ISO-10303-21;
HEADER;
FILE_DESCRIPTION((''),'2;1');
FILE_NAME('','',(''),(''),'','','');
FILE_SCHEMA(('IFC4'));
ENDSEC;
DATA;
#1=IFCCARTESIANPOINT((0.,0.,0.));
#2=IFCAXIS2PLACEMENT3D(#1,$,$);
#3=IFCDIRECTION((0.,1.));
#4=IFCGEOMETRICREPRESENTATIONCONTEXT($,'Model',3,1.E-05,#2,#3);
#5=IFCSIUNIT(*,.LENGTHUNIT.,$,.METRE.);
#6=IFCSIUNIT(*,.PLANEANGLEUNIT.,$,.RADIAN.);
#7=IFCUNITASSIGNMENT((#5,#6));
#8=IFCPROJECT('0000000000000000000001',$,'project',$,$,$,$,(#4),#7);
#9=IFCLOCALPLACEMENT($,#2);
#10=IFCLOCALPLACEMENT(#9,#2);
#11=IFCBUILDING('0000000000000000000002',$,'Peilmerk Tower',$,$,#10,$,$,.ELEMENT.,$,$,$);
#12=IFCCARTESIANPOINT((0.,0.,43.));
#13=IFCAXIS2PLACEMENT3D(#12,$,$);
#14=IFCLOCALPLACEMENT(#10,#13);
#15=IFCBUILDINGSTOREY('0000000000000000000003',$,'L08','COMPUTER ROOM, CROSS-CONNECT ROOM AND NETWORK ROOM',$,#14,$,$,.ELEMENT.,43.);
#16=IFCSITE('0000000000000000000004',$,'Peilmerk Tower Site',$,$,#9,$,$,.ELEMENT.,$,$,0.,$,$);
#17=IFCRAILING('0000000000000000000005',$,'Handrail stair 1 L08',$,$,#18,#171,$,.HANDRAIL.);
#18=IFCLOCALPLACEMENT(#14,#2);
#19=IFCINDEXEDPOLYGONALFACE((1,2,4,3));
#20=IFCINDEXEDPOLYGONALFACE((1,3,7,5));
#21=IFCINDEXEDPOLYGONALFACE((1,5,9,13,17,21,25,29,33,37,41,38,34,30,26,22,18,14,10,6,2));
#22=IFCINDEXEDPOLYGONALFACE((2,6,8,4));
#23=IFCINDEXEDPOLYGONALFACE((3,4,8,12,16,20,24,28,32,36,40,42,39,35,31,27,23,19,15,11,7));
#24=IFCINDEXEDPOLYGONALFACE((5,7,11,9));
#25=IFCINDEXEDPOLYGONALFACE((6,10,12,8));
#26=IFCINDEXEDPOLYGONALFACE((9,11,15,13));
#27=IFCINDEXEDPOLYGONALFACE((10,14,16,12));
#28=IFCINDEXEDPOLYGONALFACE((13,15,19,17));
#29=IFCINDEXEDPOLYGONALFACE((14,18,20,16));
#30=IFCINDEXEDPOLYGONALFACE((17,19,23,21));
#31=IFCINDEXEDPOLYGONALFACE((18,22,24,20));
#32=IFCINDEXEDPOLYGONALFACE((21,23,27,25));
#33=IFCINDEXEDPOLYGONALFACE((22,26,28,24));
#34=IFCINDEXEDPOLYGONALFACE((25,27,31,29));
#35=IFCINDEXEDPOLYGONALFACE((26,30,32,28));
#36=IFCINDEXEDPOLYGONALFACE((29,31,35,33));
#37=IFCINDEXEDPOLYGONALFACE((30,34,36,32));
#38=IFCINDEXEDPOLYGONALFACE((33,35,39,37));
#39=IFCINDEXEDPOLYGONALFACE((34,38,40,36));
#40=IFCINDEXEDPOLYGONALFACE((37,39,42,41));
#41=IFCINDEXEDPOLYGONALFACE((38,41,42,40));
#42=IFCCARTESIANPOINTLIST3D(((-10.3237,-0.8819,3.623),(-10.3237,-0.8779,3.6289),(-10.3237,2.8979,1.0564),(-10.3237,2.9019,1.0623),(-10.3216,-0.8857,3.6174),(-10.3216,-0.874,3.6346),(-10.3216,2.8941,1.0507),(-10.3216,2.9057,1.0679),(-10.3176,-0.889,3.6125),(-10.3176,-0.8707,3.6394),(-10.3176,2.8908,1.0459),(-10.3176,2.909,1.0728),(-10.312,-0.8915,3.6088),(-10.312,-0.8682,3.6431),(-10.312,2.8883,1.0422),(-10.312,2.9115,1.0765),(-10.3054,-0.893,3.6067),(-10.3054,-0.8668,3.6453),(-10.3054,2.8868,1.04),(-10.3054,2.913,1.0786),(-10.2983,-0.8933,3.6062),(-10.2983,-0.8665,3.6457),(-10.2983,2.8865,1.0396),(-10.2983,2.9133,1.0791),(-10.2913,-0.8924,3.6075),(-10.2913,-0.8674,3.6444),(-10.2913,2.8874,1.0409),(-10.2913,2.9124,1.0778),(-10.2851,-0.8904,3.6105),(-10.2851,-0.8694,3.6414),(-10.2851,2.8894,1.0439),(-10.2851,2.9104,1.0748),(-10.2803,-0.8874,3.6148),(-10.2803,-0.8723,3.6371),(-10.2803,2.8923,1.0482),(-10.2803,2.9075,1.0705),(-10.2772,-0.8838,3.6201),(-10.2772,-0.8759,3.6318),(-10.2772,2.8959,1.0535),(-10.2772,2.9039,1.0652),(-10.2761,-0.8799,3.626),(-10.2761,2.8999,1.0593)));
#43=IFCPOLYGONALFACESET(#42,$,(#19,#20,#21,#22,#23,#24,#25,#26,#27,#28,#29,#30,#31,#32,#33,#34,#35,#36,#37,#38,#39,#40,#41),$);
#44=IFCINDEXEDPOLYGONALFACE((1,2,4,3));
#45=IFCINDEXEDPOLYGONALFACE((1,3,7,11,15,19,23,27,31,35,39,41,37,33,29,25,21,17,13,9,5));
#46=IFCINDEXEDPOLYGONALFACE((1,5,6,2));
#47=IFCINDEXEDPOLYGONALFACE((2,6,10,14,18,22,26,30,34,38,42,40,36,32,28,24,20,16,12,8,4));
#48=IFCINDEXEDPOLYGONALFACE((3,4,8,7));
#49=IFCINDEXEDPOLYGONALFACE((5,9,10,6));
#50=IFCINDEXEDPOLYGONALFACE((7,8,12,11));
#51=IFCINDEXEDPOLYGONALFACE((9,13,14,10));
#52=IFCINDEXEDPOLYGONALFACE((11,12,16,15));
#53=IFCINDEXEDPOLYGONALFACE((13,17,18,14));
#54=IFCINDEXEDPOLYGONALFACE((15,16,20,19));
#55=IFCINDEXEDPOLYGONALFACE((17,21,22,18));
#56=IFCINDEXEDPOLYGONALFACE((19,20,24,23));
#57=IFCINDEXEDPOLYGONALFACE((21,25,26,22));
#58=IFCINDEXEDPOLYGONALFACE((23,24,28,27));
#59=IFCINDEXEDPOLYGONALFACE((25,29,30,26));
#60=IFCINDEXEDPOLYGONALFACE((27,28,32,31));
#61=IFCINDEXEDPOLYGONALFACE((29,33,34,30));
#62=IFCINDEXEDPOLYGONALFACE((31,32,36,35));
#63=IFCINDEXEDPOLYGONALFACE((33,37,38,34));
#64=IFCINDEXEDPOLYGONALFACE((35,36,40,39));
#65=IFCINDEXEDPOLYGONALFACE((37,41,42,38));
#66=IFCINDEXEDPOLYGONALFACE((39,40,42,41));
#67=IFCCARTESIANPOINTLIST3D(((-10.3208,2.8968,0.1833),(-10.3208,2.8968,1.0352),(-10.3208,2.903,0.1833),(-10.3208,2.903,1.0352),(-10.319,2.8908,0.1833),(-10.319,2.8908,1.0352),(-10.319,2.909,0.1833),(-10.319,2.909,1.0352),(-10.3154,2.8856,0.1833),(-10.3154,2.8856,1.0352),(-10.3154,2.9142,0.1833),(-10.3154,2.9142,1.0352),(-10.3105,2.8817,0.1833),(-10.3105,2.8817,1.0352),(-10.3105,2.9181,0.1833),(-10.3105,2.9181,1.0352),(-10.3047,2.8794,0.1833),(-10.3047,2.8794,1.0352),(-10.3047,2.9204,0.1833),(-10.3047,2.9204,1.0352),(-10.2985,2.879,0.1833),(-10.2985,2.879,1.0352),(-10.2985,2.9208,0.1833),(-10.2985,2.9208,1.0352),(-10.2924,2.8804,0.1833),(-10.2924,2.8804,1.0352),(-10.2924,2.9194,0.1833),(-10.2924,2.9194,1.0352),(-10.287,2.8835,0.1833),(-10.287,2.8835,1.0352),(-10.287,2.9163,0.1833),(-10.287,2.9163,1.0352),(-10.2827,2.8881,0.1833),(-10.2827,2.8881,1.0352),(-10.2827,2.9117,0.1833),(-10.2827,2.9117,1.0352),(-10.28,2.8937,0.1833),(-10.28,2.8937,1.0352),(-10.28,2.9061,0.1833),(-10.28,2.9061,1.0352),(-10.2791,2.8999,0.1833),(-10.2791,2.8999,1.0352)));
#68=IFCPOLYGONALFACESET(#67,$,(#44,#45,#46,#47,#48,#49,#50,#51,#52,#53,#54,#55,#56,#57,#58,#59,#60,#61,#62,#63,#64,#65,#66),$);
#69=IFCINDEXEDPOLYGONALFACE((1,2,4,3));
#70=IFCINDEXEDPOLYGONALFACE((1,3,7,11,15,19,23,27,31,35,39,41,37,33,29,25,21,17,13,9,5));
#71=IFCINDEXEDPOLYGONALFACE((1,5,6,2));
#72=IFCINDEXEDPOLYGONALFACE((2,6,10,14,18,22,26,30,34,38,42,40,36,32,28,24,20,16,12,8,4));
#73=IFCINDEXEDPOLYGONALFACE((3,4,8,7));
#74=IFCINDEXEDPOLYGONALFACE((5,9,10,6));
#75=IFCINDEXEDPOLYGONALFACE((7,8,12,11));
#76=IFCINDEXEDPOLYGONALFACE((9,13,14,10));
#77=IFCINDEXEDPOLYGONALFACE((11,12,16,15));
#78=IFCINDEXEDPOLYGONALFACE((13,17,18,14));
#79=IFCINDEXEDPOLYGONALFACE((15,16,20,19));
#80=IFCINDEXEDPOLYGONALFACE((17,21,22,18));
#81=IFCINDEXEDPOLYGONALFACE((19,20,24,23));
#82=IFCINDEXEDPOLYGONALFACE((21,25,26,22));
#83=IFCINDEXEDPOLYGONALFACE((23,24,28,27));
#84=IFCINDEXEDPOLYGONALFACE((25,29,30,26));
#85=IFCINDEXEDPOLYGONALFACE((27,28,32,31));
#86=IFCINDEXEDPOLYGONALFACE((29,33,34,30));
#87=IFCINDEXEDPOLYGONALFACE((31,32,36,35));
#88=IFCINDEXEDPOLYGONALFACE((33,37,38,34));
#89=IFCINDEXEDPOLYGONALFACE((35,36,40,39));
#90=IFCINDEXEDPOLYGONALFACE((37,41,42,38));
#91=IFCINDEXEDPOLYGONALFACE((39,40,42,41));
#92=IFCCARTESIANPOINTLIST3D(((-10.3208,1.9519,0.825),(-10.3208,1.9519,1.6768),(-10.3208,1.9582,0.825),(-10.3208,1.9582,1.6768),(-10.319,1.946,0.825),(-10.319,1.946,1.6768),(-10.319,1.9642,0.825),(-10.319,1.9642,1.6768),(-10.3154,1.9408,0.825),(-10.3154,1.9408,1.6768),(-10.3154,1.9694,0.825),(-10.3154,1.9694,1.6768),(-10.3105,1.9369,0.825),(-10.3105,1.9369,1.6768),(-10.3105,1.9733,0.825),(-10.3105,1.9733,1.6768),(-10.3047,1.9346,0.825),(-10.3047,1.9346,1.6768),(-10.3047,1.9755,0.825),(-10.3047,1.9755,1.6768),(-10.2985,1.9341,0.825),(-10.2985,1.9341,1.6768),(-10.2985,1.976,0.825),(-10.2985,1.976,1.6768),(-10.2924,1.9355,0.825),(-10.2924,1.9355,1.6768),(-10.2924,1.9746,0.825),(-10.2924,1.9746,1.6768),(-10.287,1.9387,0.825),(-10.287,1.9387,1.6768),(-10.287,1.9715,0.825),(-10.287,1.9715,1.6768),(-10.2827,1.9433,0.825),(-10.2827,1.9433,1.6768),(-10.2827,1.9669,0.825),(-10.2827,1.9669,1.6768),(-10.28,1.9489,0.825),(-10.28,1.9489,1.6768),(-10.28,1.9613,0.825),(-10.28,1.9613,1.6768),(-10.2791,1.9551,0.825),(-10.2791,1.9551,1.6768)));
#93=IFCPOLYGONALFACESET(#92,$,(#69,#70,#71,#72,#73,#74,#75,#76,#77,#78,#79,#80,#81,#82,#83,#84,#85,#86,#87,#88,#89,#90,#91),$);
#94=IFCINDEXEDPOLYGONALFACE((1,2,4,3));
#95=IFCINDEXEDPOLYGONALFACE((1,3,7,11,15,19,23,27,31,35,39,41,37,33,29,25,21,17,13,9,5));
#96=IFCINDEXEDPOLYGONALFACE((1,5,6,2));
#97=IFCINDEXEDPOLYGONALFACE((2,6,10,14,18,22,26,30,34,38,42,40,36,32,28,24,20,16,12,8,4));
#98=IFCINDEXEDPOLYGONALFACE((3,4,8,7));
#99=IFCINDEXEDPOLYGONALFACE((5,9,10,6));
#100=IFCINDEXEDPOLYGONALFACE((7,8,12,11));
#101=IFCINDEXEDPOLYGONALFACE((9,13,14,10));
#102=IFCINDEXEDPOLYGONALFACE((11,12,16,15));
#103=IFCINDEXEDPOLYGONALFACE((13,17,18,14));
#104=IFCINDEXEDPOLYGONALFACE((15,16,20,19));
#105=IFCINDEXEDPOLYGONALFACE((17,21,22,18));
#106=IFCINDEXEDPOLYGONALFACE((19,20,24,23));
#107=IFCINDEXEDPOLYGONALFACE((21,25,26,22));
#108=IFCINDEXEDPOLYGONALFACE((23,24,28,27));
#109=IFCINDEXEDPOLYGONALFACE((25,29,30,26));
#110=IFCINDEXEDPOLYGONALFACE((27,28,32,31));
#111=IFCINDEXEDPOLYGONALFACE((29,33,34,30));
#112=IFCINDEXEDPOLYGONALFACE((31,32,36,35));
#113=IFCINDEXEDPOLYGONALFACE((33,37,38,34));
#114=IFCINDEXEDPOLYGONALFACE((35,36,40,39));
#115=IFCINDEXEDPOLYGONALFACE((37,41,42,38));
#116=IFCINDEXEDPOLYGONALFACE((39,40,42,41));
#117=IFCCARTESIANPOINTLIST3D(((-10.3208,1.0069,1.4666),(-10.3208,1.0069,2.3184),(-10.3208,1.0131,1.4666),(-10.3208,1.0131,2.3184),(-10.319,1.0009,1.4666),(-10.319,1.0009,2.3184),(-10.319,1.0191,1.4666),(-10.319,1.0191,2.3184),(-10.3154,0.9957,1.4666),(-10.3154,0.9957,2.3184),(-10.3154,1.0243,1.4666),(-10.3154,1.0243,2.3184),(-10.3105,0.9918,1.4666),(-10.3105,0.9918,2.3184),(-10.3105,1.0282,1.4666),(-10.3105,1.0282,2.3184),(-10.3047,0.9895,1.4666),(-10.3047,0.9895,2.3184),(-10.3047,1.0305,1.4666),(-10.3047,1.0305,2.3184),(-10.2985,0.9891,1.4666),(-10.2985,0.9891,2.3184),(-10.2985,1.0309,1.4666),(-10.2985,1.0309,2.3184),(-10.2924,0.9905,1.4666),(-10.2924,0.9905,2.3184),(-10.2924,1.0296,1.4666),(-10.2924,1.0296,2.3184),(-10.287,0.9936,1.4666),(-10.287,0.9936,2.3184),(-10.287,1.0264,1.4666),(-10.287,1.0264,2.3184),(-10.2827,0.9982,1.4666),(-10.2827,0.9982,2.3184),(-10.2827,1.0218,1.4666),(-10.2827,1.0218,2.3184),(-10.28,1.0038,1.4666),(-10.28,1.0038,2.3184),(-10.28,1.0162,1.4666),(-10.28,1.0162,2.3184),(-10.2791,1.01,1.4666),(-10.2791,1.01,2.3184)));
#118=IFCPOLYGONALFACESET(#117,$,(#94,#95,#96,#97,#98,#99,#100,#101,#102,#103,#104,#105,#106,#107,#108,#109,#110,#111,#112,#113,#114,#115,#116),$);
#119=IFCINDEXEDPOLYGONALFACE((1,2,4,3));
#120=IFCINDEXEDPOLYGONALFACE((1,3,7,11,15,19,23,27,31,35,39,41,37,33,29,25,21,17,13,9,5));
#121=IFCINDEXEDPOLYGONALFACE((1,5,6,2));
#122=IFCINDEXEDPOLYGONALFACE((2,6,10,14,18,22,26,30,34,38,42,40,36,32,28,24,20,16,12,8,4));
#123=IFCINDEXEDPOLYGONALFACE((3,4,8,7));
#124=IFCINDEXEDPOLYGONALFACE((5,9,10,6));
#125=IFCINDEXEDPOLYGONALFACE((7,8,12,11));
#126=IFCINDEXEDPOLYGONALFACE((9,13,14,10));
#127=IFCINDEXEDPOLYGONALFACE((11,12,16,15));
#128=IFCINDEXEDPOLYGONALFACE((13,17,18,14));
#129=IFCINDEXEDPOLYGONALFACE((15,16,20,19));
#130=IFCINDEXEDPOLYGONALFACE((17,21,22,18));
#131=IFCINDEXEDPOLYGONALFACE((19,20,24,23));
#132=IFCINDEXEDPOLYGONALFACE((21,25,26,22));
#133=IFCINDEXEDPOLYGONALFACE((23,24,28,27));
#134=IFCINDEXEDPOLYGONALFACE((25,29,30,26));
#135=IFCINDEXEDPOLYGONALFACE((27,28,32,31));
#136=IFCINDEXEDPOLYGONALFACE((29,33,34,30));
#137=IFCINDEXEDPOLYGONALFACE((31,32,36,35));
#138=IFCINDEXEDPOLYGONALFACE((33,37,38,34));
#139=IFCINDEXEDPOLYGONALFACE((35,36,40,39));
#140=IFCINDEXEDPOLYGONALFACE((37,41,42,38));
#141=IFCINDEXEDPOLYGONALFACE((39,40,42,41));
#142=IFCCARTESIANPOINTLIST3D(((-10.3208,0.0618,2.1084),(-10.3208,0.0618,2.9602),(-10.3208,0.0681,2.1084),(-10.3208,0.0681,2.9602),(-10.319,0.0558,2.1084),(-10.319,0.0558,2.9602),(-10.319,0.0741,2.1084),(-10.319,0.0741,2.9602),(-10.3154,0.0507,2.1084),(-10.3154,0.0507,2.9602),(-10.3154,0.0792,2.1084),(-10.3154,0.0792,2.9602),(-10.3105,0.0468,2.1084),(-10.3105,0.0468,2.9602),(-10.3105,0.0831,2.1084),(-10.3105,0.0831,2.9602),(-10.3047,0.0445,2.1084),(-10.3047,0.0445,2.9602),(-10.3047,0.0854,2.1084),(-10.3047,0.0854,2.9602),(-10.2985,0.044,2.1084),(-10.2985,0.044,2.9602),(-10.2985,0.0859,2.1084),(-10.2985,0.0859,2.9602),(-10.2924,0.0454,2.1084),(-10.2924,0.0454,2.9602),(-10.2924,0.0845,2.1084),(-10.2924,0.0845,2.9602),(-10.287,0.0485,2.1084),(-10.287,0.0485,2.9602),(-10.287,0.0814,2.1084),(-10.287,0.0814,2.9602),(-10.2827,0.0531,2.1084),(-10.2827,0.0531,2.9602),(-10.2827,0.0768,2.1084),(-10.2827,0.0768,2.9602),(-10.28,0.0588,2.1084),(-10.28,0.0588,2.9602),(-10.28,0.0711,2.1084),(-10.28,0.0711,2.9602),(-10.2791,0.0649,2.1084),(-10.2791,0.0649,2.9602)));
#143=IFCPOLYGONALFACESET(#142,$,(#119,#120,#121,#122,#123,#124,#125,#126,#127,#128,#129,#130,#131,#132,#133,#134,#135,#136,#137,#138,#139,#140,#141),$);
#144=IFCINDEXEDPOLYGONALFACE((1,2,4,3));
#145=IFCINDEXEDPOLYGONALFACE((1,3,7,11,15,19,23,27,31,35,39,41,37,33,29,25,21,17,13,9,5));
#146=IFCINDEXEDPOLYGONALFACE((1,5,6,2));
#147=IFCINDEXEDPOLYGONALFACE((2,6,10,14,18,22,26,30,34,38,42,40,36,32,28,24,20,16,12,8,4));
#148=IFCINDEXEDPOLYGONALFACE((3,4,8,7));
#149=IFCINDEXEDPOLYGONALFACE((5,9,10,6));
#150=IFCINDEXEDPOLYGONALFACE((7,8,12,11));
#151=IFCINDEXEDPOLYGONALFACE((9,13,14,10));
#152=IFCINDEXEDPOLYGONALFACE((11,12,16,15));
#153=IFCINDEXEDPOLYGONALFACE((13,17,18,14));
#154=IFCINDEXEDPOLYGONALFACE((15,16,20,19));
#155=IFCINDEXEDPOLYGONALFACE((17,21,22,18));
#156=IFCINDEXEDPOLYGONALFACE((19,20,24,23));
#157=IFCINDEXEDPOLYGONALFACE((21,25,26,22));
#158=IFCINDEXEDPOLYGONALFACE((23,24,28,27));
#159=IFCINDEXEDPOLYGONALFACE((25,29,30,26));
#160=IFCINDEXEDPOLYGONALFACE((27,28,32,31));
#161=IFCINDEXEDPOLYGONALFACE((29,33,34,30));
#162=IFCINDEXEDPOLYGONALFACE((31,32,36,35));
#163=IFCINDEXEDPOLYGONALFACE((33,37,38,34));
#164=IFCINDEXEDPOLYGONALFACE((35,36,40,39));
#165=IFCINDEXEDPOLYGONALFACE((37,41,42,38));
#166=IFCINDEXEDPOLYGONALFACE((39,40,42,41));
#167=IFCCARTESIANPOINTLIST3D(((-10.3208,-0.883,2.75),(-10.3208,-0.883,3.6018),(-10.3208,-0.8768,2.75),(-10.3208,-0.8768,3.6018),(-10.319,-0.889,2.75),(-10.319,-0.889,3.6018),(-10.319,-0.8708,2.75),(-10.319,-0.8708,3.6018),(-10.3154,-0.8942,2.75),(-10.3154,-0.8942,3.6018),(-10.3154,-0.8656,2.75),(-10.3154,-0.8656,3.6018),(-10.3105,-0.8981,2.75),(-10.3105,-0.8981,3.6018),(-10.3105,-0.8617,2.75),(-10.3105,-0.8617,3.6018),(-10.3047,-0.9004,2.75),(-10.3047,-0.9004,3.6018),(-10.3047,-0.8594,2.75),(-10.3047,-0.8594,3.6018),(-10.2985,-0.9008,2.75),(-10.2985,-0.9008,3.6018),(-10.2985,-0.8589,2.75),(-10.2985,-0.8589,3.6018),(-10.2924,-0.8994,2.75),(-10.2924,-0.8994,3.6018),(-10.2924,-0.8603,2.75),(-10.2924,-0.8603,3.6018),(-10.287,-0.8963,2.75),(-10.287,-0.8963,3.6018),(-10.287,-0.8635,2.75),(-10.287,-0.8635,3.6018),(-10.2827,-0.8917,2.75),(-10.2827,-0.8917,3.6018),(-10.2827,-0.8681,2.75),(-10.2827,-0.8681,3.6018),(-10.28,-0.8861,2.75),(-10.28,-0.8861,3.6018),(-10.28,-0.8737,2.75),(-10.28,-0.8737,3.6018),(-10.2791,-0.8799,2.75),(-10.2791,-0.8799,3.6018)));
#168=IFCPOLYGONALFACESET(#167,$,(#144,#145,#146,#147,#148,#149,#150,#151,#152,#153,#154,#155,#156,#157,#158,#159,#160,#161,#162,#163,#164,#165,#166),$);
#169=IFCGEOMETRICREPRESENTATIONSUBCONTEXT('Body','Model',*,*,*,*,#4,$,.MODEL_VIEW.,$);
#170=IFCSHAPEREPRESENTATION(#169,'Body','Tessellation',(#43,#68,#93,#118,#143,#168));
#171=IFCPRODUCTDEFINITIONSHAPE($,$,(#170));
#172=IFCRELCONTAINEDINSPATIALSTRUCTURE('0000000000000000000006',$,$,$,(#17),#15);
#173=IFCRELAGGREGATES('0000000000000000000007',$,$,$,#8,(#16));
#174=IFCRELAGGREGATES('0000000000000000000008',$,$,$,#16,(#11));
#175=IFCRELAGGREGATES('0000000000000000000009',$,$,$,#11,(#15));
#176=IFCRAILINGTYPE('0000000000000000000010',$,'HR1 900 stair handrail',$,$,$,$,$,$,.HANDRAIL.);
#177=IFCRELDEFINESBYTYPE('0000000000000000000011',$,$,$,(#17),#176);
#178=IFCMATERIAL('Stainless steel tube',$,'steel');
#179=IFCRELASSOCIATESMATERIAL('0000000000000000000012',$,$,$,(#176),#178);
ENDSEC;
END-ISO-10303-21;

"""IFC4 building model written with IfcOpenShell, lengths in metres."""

from ifc_helpers import new_model, si_unit, direction, frame, origin, origin_2d, place, context, subcontext, project, spatial, circle, extrude, material, type_object, element, save


model = new_model("IFC4")

# Units and contexts
model_context = context("Model", 3, precision=1e-05, world=origin(), true_north=direction((0.0, 1.0)))
body_context = subcontext(model_context, "Body", "Model", "MODEL_VIEW")
ifc_project = project(units=[si_unit("LENGTHUNIT", "METRE"), si_unit("PLANEANGLEUNIT", "RADIAN")], contexts=[model_context])

# Site, building, storey
site_placement = place(None, origin())
site = spatial("IfcSite", under=ifc_project, at=site_placement, Name="Peilmerk Tower Site", CompositionType="ELEMENT", RefElevation=0.0)
building_placement = place(site_placement, origin())
building = spatial("IfcBuilding", under=site, at=building_placement, Name="Peilmerk Tower", CompositionType="ELEMENT")
storey_placement = place(building_placement, frame((0.0, 0.0, 43.0)))
storey = spatial("IfcBuildingStorey", under=building, at=storey_placement, Name="L08", Description="COMPUTER ROOM, CROSS-CONNECT ROOM AND NETWORK ROOM", CompositionType="ELEMENT", Elevation=43.0)

# Railing
ifc_material_1 = material(Name="Stainless steel tube", Category="steel")
railing_type_1 = type_object("IfcRailingType", Name="HR1 900 stair handrail", PredefinedType="HANDRAIL", material=ifc_material_1)
railing_1_placement = place(storey_placement, frame((-10.3, 2.8999, 0.1833)))
element("IfcRailing", 1, at=railing_1_placement, inside=storey, type_object=railing_type_1, Name="Handrail stair 1 L08", PredefinedType="HANDRAIL", context=body_context, shape_type="SweptSolid", body=[
    extrude(circle(Radius=0.0239, at=origin_2d()), frame((0.0, 0.0, 0.876), z_axis=(0.0, -0.827293, 0.561771), x_axis=(1.0, 0.0, 0.0)), (0.0, 0.0, 1.0), 4.5688),
    extrude(circle(Radius=0.021, at=origin_2d()), origin(), (0.0, 0.0, 1.0), 0.8518),
    extrude(circle(Radius=0.021, at=origin_2d()), frame((0.0, -0.9448, 0.6416)), (0.0, 0.0, 1.0), 0.8518),
    extrude(circle(Radius=0.021, at=origin_2d()), frame((0.0, -1.8899, 1.2832)), (0.0, 0.0, 1.0), 0.8518),
    extrude(circle(Radius=0.021, at=origin_2d()), frame((0.0, -2.835, 1.925)), (0.0, 0.0, 1.0), 0.8518),
    extrude(circle(Radius=0.021, at=origin_2d()), frame((0.0, -3.7798, 2.5667)), (0.0, 0.0, 1.0), 0.8518),
])

save(model, "model.ifc")
